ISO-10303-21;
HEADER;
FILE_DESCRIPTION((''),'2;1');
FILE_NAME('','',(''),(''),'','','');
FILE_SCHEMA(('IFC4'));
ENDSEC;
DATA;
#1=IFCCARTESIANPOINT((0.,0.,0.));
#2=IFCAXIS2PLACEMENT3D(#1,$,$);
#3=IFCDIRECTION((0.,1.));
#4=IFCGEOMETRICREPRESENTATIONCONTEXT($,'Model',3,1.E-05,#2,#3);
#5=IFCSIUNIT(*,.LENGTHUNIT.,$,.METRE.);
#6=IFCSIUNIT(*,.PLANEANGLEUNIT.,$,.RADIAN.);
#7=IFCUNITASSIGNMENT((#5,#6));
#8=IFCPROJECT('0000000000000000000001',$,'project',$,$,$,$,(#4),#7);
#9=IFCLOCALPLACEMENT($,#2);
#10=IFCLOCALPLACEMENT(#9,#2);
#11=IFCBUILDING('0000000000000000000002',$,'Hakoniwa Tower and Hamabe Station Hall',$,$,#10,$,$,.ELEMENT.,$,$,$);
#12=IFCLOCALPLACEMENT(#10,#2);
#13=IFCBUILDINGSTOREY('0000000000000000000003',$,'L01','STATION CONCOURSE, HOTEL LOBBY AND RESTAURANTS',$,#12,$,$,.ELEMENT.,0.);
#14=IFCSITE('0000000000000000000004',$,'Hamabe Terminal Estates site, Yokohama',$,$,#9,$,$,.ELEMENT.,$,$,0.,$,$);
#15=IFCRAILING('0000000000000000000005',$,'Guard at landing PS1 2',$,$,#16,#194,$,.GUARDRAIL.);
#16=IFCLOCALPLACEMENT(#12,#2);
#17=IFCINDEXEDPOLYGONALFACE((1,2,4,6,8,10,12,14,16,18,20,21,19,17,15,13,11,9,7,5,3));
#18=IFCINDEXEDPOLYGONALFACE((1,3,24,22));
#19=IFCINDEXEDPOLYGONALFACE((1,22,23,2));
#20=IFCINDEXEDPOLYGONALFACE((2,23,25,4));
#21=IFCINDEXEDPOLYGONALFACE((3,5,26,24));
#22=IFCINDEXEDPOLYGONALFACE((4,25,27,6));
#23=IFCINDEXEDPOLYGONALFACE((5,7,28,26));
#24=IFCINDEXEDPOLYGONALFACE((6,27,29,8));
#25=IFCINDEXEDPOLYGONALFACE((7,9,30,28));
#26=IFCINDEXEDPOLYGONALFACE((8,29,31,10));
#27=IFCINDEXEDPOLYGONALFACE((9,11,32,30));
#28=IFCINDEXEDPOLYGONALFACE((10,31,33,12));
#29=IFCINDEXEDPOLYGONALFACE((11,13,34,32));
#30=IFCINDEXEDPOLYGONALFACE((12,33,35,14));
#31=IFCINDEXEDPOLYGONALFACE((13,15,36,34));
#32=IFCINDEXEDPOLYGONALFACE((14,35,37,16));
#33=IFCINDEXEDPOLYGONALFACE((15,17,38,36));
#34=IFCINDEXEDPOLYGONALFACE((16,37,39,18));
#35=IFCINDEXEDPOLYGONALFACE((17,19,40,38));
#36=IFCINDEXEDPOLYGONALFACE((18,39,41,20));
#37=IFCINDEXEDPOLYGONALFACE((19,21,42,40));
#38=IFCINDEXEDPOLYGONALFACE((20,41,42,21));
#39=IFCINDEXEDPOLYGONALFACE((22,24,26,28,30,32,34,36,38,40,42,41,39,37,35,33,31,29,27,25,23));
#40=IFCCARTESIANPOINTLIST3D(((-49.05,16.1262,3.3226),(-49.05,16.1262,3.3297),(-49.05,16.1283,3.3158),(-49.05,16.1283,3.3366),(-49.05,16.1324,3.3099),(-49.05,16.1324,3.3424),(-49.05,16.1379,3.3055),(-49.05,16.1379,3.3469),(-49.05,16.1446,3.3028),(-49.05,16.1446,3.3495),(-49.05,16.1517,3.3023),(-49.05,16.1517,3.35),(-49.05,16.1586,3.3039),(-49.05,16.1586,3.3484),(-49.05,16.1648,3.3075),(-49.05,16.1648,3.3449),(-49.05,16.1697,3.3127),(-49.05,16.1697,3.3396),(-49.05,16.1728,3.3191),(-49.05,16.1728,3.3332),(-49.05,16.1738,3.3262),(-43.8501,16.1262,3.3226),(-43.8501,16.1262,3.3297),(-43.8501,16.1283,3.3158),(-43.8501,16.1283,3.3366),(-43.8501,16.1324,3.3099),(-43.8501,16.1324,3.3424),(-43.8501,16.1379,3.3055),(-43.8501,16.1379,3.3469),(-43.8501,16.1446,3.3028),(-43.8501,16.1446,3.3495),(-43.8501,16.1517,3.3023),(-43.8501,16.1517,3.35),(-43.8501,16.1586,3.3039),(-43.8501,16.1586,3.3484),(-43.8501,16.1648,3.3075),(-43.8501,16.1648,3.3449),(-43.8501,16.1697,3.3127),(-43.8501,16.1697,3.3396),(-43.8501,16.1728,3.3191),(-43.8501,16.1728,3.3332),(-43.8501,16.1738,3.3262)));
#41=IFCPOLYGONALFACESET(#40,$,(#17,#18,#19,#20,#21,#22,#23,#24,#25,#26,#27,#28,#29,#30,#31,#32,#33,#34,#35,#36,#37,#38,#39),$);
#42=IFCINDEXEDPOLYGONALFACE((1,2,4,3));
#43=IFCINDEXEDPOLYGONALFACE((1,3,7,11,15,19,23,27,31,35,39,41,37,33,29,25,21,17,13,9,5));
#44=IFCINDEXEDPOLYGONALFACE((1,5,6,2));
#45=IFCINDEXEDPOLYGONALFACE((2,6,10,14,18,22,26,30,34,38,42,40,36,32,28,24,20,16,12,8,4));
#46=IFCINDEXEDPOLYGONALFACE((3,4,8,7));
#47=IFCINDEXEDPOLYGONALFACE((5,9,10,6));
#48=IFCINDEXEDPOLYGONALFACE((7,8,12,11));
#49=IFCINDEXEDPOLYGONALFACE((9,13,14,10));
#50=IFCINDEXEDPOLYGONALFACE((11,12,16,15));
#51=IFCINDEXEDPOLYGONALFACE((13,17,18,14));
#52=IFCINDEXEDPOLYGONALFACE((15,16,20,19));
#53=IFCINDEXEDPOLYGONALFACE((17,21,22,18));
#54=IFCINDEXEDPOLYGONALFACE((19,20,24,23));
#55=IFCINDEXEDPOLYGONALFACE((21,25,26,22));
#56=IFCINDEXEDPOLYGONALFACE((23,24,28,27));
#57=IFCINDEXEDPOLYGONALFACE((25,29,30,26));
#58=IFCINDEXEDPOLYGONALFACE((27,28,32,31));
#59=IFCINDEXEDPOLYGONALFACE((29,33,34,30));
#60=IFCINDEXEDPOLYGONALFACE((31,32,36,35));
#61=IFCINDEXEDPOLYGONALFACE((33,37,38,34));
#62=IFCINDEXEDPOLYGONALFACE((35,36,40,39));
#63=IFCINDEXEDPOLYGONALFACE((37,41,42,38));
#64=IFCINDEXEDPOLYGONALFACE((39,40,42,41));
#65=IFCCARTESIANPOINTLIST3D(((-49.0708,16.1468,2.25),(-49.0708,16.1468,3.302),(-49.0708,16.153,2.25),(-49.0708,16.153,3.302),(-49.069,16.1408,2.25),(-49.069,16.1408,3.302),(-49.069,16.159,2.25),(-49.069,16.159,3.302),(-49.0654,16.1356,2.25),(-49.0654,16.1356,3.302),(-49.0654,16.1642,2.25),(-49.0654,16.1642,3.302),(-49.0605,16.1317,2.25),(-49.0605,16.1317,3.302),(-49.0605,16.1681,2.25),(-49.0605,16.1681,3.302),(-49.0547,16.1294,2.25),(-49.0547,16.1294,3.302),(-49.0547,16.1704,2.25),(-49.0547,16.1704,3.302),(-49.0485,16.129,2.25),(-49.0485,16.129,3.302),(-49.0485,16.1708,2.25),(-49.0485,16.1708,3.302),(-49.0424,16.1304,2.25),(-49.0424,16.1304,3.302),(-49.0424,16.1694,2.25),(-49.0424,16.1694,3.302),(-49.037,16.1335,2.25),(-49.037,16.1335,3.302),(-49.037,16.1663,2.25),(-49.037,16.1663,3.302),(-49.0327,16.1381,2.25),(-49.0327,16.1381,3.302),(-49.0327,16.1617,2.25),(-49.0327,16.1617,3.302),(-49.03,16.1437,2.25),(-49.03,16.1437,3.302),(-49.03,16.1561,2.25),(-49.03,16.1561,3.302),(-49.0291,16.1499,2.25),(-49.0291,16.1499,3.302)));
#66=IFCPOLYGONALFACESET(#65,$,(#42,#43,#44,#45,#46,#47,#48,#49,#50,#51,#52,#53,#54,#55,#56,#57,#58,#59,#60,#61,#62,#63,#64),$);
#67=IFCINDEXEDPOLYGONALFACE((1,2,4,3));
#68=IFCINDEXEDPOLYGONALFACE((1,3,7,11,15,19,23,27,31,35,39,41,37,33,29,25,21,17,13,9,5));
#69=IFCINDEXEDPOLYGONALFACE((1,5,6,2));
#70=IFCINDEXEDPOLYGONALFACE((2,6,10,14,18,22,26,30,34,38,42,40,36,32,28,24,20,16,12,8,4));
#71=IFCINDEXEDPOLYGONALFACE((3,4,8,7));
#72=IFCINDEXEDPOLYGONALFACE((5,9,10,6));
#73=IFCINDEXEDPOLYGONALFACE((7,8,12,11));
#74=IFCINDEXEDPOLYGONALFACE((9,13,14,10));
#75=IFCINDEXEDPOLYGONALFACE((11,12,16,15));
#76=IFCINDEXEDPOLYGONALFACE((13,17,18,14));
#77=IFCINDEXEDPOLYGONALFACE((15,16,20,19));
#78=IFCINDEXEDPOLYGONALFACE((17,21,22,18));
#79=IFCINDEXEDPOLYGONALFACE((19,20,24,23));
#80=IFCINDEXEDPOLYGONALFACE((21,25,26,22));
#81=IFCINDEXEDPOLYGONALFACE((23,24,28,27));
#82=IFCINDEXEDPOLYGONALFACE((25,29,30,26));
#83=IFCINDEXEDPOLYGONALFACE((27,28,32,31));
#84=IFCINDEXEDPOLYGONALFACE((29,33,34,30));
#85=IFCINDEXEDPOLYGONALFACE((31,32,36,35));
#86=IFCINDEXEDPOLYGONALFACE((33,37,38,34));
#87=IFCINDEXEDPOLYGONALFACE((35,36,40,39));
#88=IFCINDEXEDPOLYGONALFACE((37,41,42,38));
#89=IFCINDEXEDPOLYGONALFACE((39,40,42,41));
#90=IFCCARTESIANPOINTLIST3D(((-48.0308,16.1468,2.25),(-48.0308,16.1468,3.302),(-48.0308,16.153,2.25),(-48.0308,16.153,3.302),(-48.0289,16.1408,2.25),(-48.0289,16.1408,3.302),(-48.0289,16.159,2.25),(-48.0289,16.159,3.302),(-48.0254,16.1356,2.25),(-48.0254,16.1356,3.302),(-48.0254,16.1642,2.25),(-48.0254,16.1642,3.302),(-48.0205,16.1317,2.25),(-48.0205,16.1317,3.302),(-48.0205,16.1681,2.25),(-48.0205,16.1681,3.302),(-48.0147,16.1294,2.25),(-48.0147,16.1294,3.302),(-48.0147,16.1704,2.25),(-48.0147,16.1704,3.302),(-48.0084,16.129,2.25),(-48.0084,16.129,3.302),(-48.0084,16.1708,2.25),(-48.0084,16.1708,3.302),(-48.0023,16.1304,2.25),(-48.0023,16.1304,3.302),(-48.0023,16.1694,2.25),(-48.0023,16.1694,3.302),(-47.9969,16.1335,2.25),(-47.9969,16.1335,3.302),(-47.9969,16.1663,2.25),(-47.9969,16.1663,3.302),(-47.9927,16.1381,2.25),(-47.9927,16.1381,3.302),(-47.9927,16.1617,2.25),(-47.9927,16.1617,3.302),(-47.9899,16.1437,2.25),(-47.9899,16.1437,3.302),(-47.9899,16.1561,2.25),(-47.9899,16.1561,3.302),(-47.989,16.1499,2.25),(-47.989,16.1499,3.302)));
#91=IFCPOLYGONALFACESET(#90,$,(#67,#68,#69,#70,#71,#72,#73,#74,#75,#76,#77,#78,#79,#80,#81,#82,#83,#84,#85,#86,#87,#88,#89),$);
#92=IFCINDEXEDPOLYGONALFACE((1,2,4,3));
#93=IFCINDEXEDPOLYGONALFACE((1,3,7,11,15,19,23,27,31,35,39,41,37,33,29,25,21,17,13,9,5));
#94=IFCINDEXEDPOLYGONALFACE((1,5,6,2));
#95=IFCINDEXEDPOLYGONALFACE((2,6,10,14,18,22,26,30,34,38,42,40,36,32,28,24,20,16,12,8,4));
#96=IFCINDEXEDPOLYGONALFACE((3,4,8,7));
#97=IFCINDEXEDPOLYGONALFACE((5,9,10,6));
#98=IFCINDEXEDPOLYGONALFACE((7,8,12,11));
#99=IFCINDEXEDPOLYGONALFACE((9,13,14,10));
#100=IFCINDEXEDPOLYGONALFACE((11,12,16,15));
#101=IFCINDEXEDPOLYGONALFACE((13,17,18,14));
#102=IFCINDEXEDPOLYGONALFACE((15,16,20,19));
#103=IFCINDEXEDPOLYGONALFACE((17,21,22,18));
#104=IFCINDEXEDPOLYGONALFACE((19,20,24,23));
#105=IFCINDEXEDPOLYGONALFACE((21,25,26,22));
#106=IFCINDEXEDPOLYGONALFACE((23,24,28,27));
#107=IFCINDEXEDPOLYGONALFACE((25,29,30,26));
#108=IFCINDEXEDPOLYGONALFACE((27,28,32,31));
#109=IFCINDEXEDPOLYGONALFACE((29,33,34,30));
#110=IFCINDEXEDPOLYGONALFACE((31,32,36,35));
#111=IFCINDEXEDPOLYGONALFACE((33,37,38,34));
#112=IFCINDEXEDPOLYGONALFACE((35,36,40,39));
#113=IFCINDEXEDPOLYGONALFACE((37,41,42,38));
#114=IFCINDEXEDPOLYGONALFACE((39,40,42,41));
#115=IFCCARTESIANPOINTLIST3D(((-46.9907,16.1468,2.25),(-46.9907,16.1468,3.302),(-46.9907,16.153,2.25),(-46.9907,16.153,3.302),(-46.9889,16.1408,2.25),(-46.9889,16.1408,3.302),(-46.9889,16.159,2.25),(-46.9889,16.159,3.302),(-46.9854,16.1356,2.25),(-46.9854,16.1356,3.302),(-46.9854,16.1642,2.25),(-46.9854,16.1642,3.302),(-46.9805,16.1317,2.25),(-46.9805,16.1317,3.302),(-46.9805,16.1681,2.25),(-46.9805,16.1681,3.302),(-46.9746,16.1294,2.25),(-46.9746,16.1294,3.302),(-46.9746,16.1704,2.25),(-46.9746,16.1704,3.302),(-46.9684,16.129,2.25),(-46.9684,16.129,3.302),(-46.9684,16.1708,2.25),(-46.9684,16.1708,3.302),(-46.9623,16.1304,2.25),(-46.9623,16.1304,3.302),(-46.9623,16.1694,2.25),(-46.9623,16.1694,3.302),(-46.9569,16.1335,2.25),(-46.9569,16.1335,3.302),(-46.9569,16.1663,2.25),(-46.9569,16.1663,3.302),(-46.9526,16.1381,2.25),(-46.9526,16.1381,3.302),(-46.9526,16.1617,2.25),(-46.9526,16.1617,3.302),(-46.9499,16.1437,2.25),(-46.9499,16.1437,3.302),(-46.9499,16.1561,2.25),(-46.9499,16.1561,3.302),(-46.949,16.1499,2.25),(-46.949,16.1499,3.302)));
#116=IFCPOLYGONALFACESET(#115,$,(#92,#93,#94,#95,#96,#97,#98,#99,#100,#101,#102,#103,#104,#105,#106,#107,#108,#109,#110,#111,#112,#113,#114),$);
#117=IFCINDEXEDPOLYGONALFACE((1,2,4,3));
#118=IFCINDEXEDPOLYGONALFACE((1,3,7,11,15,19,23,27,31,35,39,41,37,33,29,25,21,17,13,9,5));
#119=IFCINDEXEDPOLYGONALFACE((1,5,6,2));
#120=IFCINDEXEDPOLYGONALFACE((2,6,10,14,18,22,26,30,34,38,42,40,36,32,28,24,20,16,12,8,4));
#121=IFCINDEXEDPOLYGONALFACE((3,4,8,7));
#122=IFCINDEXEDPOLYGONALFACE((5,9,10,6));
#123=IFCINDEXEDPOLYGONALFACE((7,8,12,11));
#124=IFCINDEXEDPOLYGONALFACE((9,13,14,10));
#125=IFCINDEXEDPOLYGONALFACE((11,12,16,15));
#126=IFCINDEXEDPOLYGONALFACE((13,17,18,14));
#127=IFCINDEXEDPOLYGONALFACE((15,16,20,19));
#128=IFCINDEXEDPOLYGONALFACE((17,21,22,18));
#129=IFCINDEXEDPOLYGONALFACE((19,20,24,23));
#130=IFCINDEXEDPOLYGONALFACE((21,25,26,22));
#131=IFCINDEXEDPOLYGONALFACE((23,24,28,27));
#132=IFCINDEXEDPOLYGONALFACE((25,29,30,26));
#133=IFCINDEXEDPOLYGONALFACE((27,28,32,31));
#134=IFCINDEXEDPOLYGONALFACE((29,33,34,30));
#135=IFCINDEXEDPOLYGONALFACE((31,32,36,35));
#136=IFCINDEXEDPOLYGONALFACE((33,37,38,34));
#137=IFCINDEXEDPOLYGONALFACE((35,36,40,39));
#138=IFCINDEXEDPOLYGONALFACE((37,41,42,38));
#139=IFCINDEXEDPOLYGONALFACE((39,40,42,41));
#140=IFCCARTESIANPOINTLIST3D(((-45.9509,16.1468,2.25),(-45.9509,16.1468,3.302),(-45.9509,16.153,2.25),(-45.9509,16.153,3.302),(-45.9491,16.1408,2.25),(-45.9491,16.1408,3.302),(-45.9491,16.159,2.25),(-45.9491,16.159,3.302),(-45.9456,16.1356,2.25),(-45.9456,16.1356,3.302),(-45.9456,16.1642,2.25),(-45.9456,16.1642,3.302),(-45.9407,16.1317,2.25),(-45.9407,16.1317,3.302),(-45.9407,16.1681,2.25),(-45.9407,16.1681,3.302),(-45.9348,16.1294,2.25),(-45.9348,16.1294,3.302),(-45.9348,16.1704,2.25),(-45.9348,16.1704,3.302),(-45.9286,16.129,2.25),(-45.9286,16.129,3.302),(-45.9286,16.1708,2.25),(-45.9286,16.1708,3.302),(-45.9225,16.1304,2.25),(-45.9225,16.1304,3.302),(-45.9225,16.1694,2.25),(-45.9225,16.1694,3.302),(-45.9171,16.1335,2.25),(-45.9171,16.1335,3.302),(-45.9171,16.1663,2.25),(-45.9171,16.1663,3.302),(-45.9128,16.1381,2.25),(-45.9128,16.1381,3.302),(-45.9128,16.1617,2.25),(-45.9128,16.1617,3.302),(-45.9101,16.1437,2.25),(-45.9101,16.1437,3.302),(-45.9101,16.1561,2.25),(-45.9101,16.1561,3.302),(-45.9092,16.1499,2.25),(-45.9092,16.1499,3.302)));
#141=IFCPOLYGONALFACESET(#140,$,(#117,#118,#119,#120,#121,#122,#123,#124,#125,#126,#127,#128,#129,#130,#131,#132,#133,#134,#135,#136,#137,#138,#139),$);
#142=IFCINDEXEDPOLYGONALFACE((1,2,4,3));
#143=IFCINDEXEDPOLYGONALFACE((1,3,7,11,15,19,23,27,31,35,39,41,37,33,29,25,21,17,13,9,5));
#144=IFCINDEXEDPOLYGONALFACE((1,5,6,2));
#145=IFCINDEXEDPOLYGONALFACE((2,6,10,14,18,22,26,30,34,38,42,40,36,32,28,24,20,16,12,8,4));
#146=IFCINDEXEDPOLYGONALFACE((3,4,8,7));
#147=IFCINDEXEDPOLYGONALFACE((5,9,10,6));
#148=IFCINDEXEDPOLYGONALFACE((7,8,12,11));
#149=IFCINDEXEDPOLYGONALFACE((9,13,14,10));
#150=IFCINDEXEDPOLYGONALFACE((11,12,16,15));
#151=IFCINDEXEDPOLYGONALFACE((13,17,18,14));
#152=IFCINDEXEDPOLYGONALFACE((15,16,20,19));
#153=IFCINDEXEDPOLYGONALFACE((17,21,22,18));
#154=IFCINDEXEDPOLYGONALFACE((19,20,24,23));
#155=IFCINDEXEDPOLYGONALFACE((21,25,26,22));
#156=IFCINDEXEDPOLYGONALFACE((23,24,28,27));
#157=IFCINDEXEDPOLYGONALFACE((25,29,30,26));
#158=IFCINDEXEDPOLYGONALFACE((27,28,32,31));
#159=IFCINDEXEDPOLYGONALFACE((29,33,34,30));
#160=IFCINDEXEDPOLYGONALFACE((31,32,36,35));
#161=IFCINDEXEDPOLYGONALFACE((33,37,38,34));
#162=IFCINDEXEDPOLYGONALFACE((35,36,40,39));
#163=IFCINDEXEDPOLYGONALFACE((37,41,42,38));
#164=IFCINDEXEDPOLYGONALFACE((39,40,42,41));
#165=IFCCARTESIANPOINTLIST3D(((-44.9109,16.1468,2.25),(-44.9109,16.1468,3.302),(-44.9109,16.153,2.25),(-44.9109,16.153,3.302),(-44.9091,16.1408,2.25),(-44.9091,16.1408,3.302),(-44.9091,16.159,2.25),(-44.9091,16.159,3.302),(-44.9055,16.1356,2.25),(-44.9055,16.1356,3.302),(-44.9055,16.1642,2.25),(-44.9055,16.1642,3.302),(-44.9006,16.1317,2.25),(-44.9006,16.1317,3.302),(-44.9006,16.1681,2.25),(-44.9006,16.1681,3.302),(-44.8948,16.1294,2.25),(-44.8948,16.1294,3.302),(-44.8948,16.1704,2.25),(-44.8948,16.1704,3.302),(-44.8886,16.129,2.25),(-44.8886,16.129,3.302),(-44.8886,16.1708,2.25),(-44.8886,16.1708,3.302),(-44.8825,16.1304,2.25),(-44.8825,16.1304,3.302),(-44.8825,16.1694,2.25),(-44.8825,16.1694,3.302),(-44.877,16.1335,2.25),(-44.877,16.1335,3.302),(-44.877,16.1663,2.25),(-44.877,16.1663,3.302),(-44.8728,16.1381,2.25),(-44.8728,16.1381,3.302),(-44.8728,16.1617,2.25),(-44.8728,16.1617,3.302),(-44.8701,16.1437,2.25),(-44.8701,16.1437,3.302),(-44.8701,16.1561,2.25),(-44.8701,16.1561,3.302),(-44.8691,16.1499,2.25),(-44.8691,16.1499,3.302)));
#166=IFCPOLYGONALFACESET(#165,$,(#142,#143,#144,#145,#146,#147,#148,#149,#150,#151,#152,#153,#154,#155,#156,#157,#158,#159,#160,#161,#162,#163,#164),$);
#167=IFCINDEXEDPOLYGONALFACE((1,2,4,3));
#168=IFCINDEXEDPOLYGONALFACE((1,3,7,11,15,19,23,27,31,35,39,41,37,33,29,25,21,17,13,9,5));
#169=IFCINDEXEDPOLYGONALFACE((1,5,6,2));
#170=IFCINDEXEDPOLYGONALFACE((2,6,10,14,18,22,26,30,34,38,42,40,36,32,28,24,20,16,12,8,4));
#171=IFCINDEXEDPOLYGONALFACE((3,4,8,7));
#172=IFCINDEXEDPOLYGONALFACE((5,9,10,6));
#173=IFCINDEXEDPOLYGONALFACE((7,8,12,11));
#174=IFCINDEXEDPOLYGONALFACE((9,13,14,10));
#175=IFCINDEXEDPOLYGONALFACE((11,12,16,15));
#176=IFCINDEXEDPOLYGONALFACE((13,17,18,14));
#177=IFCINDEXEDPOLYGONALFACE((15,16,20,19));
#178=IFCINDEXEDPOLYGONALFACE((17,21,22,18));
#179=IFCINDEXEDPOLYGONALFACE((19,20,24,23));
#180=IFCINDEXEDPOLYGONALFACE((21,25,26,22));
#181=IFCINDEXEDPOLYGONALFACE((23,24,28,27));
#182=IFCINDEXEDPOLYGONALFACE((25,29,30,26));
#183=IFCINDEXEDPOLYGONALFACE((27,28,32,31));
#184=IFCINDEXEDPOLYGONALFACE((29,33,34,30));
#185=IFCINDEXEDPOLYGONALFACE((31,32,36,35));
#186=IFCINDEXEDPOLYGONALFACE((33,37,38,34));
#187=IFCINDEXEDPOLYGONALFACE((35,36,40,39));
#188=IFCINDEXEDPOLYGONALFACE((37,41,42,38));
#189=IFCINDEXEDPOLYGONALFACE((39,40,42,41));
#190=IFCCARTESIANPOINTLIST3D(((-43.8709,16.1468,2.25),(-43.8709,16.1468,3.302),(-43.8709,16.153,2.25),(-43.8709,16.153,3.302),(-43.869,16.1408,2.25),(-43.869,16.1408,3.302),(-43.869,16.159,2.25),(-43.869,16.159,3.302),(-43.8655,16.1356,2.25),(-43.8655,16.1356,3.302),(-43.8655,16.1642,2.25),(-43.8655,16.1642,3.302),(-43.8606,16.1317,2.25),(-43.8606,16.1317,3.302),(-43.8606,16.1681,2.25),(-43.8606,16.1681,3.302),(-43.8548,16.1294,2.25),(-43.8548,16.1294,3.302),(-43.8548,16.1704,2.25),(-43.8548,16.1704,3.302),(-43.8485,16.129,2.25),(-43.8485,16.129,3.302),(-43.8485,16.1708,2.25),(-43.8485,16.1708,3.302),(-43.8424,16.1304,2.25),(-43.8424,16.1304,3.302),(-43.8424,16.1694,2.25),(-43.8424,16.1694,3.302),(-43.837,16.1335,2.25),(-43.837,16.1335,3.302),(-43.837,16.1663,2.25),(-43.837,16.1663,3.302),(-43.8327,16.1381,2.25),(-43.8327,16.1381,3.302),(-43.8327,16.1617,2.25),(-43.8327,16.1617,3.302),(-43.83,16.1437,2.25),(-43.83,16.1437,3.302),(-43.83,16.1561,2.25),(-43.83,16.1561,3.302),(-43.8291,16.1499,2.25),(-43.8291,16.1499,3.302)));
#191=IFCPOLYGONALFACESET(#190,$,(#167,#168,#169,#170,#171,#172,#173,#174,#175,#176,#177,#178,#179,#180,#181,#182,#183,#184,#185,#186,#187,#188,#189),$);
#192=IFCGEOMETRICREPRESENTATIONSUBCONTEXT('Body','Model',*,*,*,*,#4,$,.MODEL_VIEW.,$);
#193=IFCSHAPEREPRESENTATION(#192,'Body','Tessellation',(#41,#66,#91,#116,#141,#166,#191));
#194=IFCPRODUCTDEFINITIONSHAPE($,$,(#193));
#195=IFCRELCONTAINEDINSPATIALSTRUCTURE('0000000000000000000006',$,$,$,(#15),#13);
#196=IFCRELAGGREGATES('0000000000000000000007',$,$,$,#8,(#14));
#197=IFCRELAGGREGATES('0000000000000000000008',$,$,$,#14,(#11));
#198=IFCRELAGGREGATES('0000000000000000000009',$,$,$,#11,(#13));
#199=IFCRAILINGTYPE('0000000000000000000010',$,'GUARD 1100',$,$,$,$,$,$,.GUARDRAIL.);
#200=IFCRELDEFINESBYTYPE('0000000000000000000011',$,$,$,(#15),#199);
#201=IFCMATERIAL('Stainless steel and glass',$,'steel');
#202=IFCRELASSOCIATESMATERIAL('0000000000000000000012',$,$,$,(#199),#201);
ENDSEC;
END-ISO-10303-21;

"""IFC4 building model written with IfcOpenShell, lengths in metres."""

from ifc_helpers import new_model, si_unit, direction, frame, origin, origin_2d, place, context, subcontext, project, spatial, circle, extrude, material, type_object, element, save


model = new_model("IFC4")

# Units and contexts
model_context = context("Model", 3, precision=1e-05, world=origin(), true_north=direction((0.0, 1.0)))
body_context = subcontext(model_context, "Body", "Model", "MODEL_VIEW")
ifc_project = project(units=[si_unit("LENGTHUNIT", "METRE"), si_unit("PLANEANGLEUNIT", "RADIAN")], contexts=[model_context])

# Site, building, storey
site_placement = place(None, origin())
site = spatial("IfcSite", under=ifc_project, at=site_placement, Name="Hamabe Terminal Estates site, Yokohama", CompositionType="ELEMENT", RefElevation=0.0)
building_placement = place(site_placement, origin())
building = spatial("IfcBuilding", under=site, at=building_placement, Name="Hakoniwa Tower and Hamabe Station Hall", CompositionType="ELEMENT")
storey_placement = place(building_placement, origin())
storey = spatial("IfcBuildingStorey", under=building, at=storey_placement, Name="L01", Description="STATION CONCOURSE, HOTEL LOBBY AND RESTAURANTS", CompositionType="ELEMENT", Elevation=0.0)

# Railing
ifc_material_1 = material(Name="Stainless steel and glass", Category="steel")
railing_type_1 = type_object("IfcRailingType", Name="GUARD 1100", PredefinedType="GUARDRAIL", material=ifc_material_1)
for number, where, name in (
    (1, (-49.05, 16.1499, 2.25), "Guard at landing PS1 2"),
):
    element("IfcRailing", number, at=place(storey_placement, frame(where)), inside=storey, type_object=railing_type_1, Name=name, PredefinedType="GUARDRAIL", context=body_context, shape_type="SweptSolid", body=[
        extrude(circle(Radius=0.0239, at=origin_2d()), frame((0.0, 0.0, 1.0762), z_axis=(1.0, 0.0, 0.0), x_axis=(0.0, 1.0, 0.0)), (0.0, 0.0, 1.0), 5.2),
        extrude(circle(Radius=0.021, at=origin_2d()), origin(), (0.0, 0.0, 1.0), 1.052),
        extrude(circle(Radius=0.021, at=origin_2d()), frame((1.04, 0.0, 0.0)), (0.0, 0.0, 1.0), 1.052),
        extrude(circle(Radius=0.021, at=origin_2d()), frame((2.0801, 0.0, 0.0)), (0.0, 0.0, 1.0), 1.052),
        extrude(circle(Radius=0.021, at=origin_2d()), frame((3.1199, 0.0, 0.0)), (0.0, 0.0, 1.0), 1.052),
        extrude(circle(Radius=0.021, at=origin_2d()), frame((4.1599, 0.0, 0.0)), (0.0, 0.0, 1.0), 1.052),
        extrude(circle(Radius=0.021, at=origin_2d()), frame((5.2, 0.0, 0.0)), (0.0, 0.0, 1.0), 1.052),
    ])

save(model, "model.ifc")
